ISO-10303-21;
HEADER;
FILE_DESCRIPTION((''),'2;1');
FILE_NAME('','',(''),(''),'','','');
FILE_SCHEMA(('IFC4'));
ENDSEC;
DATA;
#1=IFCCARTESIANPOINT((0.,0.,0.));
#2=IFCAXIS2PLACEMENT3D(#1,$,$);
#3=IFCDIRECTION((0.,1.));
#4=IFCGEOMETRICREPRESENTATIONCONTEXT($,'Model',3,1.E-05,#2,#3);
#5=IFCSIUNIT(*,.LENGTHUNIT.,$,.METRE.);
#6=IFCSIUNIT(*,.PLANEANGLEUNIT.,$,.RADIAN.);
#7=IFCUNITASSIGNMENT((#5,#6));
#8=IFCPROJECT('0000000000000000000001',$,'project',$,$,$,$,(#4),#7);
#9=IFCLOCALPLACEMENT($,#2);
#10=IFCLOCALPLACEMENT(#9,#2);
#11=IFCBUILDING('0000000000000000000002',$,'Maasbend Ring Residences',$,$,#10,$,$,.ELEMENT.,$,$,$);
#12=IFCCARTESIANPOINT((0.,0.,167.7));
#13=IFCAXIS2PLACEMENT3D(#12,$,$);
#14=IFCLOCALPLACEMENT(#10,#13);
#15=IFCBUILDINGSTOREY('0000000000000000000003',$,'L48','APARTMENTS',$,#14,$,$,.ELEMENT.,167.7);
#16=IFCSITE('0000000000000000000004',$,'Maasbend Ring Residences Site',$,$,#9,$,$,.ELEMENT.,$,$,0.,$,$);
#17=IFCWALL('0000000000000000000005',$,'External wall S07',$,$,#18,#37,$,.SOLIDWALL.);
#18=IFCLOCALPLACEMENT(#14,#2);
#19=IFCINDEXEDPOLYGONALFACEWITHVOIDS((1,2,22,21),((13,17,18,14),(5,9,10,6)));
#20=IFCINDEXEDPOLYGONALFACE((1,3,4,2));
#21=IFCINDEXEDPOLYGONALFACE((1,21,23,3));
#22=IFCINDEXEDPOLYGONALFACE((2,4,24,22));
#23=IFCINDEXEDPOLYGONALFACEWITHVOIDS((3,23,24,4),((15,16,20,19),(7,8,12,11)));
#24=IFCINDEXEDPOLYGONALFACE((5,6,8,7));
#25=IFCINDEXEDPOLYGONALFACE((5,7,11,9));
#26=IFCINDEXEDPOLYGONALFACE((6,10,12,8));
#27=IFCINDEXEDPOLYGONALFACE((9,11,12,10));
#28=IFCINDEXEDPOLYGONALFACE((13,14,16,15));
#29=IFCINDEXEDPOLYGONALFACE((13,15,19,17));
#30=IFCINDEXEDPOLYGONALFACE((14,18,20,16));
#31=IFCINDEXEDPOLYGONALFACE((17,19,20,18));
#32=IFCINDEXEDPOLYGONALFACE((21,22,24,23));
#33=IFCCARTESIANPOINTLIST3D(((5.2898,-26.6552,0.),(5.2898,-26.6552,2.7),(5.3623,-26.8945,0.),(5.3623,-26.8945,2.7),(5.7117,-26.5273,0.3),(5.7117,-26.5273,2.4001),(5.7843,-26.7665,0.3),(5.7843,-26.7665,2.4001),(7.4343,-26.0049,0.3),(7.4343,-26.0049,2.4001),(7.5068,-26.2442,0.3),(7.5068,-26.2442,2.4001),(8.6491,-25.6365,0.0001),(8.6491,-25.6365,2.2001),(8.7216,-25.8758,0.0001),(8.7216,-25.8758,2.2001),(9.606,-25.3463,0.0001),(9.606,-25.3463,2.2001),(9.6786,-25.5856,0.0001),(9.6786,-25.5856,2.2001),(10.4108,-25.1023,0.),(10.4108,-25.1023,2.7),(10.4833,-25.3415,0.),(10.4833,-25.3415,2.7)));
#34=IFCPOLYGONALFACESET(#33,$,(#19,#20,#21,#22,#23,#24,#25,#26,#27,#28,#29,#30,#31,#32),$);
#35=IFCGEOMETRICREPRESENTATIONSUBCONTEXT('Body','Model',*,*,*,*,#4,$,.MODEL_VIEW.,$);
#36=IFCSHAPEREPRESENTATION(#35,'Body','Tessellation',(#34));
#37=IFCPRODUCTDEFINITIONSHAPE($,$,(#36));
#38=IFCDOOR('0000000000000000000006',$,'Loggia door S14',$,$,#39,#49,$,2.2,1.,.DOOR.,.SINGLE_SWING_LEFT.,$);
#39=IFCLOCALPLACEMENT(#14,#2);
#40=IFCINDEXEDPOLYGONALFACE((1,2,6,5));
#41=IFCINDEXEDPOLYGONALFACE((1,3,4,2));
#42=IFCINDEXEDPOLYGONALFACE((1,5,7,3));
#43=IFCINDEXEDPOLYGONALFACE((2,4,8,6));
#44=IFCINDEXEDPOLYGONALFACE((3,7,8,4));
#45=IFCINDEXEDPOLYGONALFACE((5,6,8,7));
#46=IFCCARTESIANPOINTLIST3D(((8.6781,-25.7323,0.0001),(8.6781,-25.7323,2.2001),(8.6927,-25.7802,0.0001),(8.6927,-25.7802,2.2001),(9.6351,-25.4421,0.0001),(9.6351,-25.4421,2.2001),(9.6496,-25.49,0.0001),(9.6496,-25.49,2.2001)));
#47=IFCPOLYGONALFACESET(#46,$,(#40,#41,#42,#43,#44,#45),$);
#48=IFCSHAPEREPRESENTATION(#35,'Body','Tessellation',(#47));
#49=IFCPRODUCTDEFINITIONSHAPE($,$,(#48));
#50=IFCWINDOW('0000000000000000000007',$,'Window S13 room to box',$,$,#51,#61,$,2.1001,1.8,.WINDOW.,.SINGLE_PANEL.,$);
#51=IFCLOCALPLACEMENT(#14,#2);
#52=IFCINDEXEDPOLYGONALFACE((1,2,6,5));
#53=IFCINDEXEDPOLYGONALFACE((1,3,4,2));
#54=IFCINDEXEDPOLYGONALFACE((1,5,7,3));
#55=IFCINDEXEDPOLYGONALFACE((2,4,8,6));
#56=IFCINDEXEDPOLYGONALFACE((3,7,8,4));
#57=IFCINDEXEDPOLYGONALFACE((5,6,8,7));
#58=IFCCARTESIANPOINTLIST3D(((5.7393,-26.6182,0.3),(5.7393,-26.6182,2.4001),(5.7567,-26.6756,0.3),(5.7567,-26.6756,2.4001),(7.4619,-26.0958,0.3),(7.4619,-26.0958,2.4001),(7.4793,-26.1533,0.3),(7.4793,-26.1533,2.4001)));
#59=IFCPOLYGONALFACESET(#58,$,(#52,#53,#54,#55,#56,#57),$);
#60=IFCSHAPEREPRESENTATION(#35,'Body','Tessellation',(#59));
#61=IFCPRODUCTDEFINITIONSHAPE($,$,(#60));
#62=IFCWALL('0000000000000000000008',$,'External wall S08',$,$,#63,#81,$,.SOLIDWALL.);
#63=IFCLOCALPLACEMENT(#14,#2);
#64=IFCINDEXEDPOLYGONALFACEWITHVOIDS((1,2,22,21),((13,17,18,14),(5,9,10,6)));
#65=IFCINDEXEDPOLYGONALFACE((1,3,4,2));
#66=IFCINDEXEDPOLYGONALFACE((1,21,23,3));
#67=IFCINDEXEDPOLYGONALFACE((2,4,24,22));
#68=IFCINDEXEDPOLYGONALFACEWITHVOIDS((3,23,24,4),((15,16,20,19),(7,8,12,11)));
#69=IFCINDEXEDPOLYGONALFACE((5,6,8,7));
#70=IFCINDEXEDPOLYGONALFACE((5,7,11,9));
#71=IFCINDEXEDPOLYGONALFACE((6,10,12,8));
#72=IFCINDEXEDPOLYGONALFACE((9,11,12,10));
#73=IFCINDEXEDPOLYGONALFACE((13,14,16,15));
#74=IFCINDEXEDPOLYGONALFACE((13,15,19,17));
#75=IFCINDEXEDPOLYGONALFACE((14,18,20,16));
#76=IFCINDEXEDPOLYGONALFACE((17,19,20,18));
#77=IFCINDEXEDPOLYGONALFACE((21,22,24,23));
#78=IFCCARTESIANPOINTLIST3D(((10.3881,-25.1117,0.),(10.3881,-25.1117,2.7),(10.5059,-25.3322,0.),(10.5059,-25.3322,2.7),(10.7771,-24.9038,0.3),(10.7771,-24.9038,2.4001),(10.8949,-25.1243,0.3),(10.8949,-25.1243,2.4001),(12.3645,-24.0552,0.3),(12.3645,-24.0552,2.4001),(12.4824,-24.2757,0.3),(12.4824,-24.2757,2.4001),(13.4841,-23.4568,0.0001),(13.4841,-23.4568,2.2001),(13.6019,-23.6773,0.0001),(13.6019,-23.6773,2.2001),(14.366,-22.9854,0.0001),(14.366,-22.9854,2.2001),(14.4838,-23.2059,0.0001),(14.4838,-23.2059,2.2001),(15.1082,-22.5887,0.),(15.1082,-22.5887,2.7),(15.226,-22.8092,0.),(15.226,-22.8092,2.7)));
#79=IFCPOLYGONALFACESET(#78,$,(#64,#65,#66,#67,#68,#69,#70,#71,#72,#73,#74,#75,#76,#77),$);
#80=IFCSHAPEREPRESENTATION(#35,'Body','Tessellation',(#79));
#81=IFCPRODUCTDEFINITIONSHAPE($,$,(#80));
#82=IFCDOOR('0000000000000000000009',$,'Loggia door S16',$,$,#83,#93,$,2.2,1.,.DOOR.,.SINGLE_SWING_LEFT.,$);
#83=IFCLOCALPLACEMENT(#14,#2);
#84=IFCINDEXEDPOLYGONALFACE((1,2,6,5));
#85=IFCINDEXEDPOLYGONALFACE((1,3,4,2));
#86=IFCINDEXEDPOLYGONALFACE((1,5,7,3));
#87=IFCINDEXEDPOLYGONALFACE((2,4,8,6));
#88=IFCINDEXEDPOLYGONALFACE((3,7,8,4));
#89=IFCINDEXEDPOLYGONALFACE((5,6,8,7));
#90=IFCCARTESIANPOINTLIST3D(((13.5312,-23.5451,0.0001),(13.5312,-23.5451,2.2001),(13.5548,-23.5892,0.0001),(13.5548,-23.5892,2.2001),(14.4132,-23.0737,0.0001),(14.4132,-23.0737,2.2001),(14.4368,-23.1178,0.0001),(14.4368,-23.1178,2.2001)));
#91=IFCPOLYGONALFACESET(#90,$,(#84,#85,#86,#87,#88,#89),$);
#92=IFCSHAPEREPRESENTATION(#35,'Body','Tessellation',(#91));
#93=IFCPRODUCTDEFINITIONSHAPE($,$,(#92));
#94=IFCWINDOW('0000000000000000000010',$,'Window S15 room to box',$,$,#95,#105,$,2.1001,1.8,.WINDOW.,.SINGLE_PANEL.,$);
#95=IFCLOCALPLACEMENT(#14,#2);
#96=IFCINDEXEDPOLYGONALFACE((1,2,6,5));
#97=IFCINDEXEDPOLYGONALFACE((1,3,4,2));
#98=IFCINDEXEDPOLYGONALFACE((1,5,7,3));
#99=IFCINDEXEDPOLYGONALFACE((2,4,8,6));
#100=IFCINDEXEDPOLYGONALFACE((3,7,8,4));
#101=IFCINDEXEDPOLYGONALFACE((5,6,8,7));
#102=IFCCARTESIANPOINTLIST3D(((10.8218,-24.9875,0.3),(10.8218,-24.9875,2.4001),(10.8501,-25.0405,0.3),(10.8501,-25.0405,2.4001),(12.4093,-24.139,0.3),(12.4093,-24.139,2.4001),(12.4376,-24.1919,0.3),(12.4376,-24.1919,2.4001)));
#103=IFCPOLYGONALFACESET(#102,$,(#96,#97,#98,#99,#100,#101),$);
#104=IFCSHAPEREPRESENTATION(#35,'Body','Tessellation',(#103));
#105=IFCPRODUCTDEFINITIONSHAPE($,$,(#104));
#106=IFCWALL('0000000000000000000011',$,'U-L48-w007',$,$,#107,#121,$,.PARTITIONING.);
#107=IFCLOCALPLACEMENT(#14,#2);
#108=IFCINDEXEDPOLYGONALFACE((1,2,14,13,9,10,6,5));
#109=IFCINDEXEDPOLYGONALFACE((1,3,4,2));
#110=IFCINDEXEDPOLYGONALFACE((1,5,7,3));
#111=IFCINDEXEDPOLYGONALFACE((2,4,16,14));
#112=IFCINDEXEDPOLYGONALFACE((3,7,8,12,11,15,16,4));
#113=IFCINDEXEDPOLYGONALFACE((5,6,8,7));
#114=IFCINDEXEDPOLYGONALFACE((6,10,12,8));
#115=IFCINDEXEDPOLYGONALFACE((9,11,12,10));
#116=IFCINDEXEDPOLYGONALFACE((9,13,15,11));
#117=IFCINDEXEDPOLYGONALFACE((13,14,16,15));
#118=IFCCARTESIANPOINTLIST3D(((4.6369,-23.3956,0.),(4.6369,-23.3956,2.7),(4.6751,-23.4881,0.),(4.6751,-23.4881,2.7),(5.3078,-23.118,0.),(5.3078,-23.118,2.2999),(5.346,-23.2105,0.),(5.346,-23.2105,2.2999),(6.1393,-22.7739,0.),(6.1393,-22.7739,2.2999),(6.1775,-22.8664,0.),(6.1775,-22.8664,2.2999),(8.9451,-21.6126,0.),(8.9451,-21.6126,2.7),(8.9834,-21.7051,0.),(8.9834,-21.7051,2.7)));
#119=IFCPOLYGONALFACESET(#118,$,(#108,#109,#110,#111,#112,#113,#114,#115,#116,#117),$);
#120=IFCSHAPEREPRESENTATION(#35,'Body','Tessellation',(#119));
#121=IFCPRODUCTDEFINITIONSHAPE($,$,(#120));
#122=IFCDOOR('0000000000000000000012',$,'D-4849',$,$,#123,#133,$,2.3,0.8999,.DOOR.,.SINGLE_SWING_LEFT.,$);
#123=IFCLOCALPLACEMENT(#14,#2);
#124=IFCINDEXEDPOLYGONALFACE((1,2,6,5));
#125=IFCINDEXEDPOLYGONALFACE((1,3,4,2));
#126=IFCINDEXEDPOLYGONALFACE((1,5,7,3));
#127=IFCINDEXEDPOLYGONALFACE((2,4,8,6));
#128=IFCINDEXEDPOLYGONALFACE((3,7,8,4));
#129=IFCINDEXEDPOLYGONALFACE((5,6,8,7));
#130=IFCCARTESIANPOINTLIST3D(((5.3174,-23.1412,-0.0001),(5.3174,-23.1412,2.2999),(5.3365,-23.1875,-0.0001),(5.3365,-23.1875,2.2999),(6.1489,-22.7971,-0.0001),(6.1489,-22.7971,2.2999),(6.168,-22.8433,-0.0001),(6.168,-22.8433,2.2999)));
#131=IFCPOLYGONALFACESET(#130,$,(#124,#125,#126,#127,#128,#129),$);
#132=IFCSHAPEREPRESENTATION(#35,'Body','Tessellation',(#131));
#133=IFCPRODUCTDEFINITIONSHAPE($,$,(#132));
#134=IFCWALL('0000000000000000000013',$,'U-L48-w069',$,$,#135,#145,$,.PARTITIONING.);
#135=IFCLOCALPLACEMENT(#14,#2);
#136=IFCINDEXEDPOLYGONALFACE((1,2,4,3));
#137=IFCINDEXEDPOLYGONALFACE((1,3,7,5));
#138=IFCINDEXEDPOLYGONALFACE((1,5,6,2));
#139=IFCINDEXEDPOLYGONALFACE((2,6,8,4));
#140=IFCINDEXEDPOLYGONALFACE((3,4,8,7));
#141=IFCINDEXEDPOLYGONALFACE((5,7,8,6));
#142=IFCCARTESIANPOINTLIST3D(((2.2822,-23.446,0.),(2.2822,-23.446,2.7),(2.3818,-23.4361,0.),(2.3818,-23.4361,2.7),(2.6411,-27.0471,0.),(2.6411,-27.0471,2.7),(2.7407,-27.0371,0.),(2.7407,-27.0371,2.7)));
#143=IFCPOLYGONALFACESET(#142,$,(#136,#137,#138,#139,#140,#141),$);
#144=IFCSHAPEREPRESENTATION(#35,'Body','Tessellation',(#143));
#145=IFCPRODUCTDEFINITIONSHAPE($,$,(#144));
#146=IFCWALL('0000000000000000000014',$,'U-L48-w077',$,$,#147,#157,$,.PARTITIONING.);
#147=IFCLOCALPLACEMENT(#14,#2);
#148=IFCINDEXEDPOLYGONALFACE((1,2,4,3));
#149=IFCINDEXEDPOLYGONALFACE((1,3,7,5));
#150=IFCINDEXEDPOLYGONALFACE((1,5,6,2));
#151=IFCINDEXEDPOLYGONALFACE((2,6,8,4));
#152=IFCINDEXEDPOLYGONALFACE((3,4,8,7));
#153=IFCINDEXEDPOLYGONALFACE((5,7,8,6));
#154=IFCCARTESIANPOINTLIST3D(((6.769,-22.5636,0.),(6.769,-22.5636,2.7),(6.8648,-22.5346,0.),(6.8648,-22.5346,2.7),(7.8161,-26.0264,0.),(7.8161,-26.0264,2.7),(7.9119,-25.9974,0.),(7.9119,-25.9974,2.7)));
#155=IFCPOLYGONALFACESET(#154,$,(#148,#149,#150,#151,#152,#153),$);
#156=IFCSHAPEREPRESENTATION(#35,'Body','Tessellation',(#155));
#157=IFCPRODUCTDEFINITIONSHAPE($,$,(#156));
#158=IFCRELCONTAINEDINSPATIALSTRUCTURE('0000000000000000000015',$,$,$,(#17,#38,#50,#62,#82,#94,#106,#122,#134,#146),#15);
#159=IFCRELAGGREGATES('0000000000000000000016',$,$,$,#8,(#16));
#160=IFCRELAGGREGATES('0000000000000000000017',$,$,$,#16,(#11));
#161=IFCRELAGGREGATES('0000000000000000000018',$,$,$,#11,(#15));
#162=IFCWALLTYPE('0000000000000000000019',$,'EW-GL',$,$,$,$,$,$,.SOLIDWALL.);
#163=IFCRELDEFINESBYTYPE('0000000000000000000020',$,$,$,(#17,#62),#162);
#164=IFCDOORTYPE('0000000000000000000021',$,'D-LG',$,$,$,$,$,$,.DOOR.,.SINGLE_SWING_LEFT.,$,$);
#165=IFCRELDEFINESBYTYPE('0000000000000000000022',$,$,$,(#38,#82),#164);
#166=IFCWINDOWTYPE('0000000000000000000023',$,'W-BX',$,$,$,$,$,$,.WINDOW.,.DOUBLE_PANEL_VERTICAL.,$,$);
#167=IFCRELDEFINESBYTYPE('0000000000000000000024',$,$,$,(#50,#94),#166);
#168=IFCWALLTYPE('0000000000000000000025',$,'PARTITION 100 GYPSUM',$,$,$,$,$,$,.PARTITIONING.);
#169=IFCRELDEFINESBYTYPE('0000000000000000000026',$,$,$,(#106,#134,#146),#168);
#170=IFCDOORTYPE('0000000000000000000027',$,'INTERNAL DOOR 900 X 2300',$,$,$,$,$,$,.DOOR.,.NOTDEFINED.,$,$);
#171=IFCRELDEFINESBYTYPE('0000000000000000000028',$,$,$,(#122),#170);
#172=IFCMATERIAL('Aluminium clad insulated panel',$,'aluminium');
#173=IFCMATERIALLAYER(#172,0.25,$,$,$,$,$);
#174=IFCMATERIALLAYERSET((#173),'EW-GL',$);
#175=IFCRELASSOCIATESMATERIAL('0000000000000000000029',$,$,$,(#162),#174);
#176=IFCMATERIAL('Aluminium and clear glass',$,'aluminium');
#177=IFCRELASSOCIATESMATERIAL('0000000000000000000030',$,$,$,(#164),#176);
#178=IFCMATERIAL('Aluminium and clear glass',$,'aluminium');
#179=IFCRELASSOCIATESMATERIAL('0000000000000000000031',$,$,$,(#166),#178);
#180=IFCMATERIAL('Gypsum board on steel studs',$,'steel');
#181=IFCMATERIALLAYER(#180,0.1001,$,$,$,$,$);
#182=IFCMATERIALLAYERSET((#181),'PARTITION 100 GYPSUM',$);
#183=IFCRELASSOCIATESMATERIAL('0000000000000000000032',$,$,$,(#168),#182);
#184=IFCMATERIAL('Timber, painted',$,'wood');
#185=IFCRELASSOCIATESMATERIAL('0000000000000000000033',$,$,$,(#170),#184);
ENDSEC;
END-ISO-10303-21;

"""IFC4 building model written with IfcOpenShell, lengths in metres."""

from ifc_helpers import new_model, si_unit, direction, frame, frame_2d, origin, place, context, subcontext, project, spatial, rectangle, extrude, material, layer, layer_set, type_object, element, fill, save


model = new_model("IFC4")

# Units and contexts
model_context = context("Model", 3, precision=1e-05, world=origin(), true_north=direction((0.0, 1.0)))
body_context = subcontext(model_context, "Body", "Model", "MODEL_VIEW")
ifc_project = project(units=[si_unit("LENGTHUNIT", "METRE"), si_unit("PLANEANGLEUNIT", "RADIAN")], contexts=[model_context])

# Site, building, storey
site_placement = place(None, origin())
site = spatial("IfcSite", under=ifc_project, at=site_placement, Name="Maasbend Ring Residences Site", CompositionType="ELEMENT", RefElevation=0.0)
building_placement = place(site_placement, origin())
building = spatial("IfcBuilding", under=site, at=building_placement, Name="Maasbend Ring Residences", CompositionType="ELEMENT")
storey_placement = place(building_placement, frame((0.0, 0.0, 167.7)))
storey = spatial("IfcBuildingStorey", under=building, at=storey_placement, Name="L48", Description="APARTMENTS", CompositionType="ELEMENT", Elevation=167.7)

# Walls, openings, doors, windows
ifc_material_1 = material(Name="Aluminium clad insulated panel", Category="aluminium")
ifc_layer_1 = layer(ifc_material_1, 0.25)
ifc_layer_set_1 = layer_set([ifc_layer_1], Name="EW-GL")
wall_type_1 = type_object("IfcWallType", Name="EW-GL", PredefinedType="SOLIDWALL", material=ifc_layer_set_1)
wall_1_placement = place(storey_placement, frame((5.3259, -26.7749, 0.0), z_axis=(0.0, 0.0, 1.0), x_axis=(0.956966, 0.290201, 0.0)))
wall_1 = element("IfcWall", 1, at=wall_1_placement, inside=storey, type_object=wall_type_1, Name="External wall S07", PredefinedType="SOLIDWALL", context=body_context, shape_type="SweptSolid", body=[
    extrude(rectangle(XDim=5.3513, YDim=0.25, at=frame_2d((2.6758, 0.0))), origin(), (0.0, 0.0, 1.0), 2.7),
])
opening_1_placement = place(wall_1_placement, frame((0.4412, 0.0, 0.3)))
opening_1 = element("IfcOpeningElement", 2, at=opening_1_placement, cuts=wall_1, PredefinedType="OPENING", context=body_context, shape_type="SweptSolid", body=[
    extrude(rectangle(XDim=1.8, YDim=2.1001, at=frame_2d((0.8999, 1.05))), frame((0.0, 0.135, 0.0), z_axis=(0.0, -1.0, 0.0), x_axis=(1.0, 0.0, 0.0)), (0.0, 0.0, 1.0), 0.27),
])
opening_2_placement = place(wall_1_placement, frame((3.5105, 0.0, 0.0)))
opening_2 = element("IfcOpeningElement", 3, at=opening_2_placement, cuts=wall_1, PredefinedType="OPENING", context=body_context, shape_type="SweptSolid", body=[
    extrude(rectangle(XDim=1.0, YDim=2.2, at=frame_2d((0.5, 1.1001))), frame((0.0, 0.135, 0.0), z_axis=(0.0, -1.0, 0.0), x_axis=(1.0, 0.0, 0.0)), (0.0, 0.0, 1.0), 0.27),
])
ifc_material_2 = material(Name="Aluminium and clear glass", Category="aluminium")
door_type_1 = type_object("IfcDoorType", Name="D-LG", OperationType="SINGLE_SWING_LEFT", PredefinedType="DOOR", material=ifc_material_2)
door_1_placement = place(opening_2_placement, origin())
door_1 = element("IfcDoor", 4, at=door_1_placement, inside=storey, type_object=door_type_1, Name="Loggia door S14", OperationType="SINGLE_SWING_LEFT", OverallHeight=2.2, OverallWidth=1.0, PredefinedType="DOOR", context=body_context, shape_type="SweptSolid", body=[
    extrude(rectangle(XDim=1.0, YDim=2.2, at=frame_2d((0.5, 1.1001))), frame((0.0, 0.0249, 0.0), z_axis=(0.0, -1.0, 0.0), x_axis=(1.0, 0.0, 0.0)), (0.0, 0.0, 1.0), 0.05),
])
fill(opening_2, door_1)
ifc_material_3 = material(Name="Aluminium and clear glass", Category="aluminium")
window_type_1 = type_object("IfcWindowType", Name="W-BX", PartitioningType="DOUBLE_PANEL_VERTICAL", PredefinedType="WINDOW", material=ifc_material_3)
window_1_placement = place(opening_1_placement, origin())
window_1 = element("IfcWindow", 5, at=window_1_placement, inside=storey, type_object=window_type_1, Name="Window S13 room to box", OverallHeight=2.1001, OverallWidth=1.8, PartitioningType="SINGLE_PANEL", PredefinedType="WINDOW", context=body_context, shape_type="SweptSolid", body=[
    extrude(rectangle(XDim=1.8, YDim=2.1001, at=frame_2d((0.8999, 1.05))), frame((0.0, 0.03, 0.0), z_axis=(0.0, -1.0, 0.0), x_axis=(1.0, 0.0, 0.0)), (0.0, 0.0, 1.0), 0.0601),
])
fill(opening_1, window_1)
wall_2_placement = place(storey_placement, frame((10.447, -25.2219, 0.0), z_axis=(0.0, 0.0, 1.0), x_axis=(0.881916, 0.471407, 0.0)))
wall_2 = element("IfcWall", 6, at=wall_2_placement, inside=storey, type_object=wall_type_1, Name="External wall S08", PredefinedType="SOLIDWALL", context=body_context, shape_type="SweptSolid", body=[
    extrude(rectangle(XDim=5.3521, YDim=0.25, at=frame_2d((2.676, 0.0))), origin(), (0.0, 0.0, 1.0), 2.7),
])
opening_3_placement = place(wall_2_placement, frame((0.4412, 0.0, 0.3)))
opening_3 = element("IfcOpeningElement", 7, at=opening_3_placement, cuts=wall_2, PredefinedType="OPENING", context=body_context, shape_type="SweptSolid", body=[
    extrude(rectangle(XDim=1.8, YDim=2.1001, at=frame_2d((0.8999, 1.05))), frame((0.0, 0.135, 0.0), z_axis=(0.0, -1.0, 0.0), x_axis=(1.0, 0.0, 0.0)), (0.0, 0.0, 1.0), 0.27),
])
opening_4_placement = place(wall_2_placement, frame((3.5105, 0.0, 0.0)))
opening_4 = element("IfcOpeningElement", 8, at=opening_4_placement, cuts=wall_2, PredefinedType="OPENING", context=body_context, shape_type="SweptSolid", body=[
    extrude(rectangle(XDim=1.0, YDim=2.2, at=frame_2d((0.5, 1.1001))), frame((0.0, 0.135, 0.0), z_axis=(0.0, -1.0, 0.0), x_axis=(1.0, 0.0, 0.0)), (0.0, 0.0, 1.0), 0.27),
])
door_2_placement = place(opening_4_placement, origin())
door_2 = element("IfcDoor", 9, at=door_2_placement, inside=storey, type_object=door_type_1, Name="Loggia door S16", OperationType="SINGLE_SWING_LEFT", OverallHeight=2.2, OverallWidth=1.0, PredefinedType="DOOR", context=body_context, shape_type="SweptSolid", body=[
    extrude(rectangle(XDim=1.0, YDim=2.2, at=frame_2d((0.5, 1.1001))), frame((0.0, 0.0249, 0.0), z_axis=(0.0, -1.0, 0.0), x_axis=(1.0, 0.0, 0.0)), (0.0, 0.0, 1.0), 0.05),
])
fill(opening_4, door_2)
window_2_placement = place(opening_3_placement, origin())
window_2 = element("IfcWindow", 10, at=window_2_placement, inside=storey, type_object=window_type_1, Name="Window S15 room to box", OverallHeight=2.1001, OverallWidth=1.8, PartitioningType="SINGLE_PANEL", PredefinedType="WINDOW", context=body_context, shape_type="SweptSolid", body=[
    extrude(rectangle(XDim=1.8, YDim=2.1001, at=frame_2d((0.8999, 1.05))), frame((0.0, 0.03, 0.0), z_axis=(0.0, -1.0, 0.0), x_axis=(1.0, 0.0, 0.0)), (0.0, 0.0, 1.0), 0.0601),
])
fill(opening_3, window_2)

# Wall, opening, door
ifc_material_4 = material(Name="Gypsum board on steel studs", Category="steel")
ifc_layer_2 = layer(ifc_material_4, 0.1001)
ifc_layer_set_2 = layer_set([ifc_layer_2], Name="PARTITION 100 GYPSUM")
wall_type_2 = type_object("IfcWallType", Name="PARTITION 100 GYPSUM", PredefinedType="PARTITIONING", material=ifc_layer_set_2)
wall_3_placement = place(storey_placement, frame((4.656, -23.4419, 0.0), z_axis=(0.0, 0.0, 1.0), x_axis=(0.923995, 0.382406, 0.0)))
wall_3 = element("IfcWall", 11, at=wall_3_placement, inside=storey, type_object=wall_type_2, Name="U-L48-w007", PredefinedType="PARTITIONING", context=body_context, shape_type="SweptSolid", body=[
    extrude(rectangle(XDim=4.6626, YDim=0.1001, at=frame_2d((2.3313, 0.0))), origin(), (0.0, 0.0, 1.0), 2.7),
])
opening_5_placement = place(wall_3_placement, frame((0.7261, 0.0, 0.0)))
opening_5 = element("IfcOpeningElement", 12, at=opening_5_placement, cuts=wall_3, PredefinedType="OPENING", context=body_context, shape_type="SweptSolid", body=[
    extrude(rectangle(XDim=0.8999, YDim=2.3, at=frame_2d((0.45, 1.1499))), frame((0.0, 0.0601, 0.0), z_axis=(0.0, -1.0, 0.0), x_axis=(1.0, 0.0, 0.0)), (0.0, 0.0, 1.0), 0.1201),
])
ifc_material_5 = material(Name="Timber, painted", Category="wood")
door_type_2 = type_object("IfcDoorType", Name="INTERNAL DOOR 900 X 2300", OperationType="NOTDEFINED", PredefinedType="DOOR", material=ifc_material_5)
door_3_placement = place(opening_5_placement, origin())
door_3 = element("IfcDoor", 13, at=door_3_placement, inside=storey, type_object=door_type_2, Name="D-4849", OperationType="SINGLE_SWING_LEFT", OverallHeight=2.3, OverallWidth=0.8999, PredefinedType="DOOR", context=body_context, shape_type="SweptSolid", body=[
    extrude(rectangle(XDim=0.8999, YDim=2.3, at=frame_2d((0.45, 1.1499))), frame((0.0, 0.0249, 0.0), z_axis=(0.0, -1.0, 0.0), x_axis=(1.0, 0.0, 0.0)), (0.0, 0.0, 1.0), 0.05),
])
fill(opening_5, door_3)

# Walls
wall_4_placement = place(storey_placement, frame((2.332, -23.4409, 0.0), z_axis=(0.0, 0.0, 1.0), x_axis=(0.09917, -0.995071, 0.0)))
element("IfcWall", 14, at=wall_4_placement, inside=storey, type_object=wall_type_2, Name="U-L48-w069", PredefinedType="PARTITIONING", context=body_context, shape_type="SweptSolid", body=[
    extrude(rectangle(XDim=3.6189, YDim=0.1001, at=frame_2d((1.8096, 0.0))), origin(), (0.0, 0.0, 1.0), 2.7),
])
wall_5_placement = place(storey_placement, frame((6.8169, -22.5491, 0.0), z_axis=(0.0, 0.0, 1.0), x_axis=(0.28944, -0.957196, 0.0)))
element("IfcWall", 15, at=wall_5_placement, inside=storey, type_object=wall_type_2, Name="U-L48-w077", PredefinedType="PARTITIONING", context=body_context, shape_type="SweptSolid", body=[
    extrude(rectangle(XDim=3.6177, YDim=0.1001, at=frame_2d((1.8088, 0.0))), origin(), (0.0, 0.0, 1.0), 2.7),
])

save(model, "model.ifc")
